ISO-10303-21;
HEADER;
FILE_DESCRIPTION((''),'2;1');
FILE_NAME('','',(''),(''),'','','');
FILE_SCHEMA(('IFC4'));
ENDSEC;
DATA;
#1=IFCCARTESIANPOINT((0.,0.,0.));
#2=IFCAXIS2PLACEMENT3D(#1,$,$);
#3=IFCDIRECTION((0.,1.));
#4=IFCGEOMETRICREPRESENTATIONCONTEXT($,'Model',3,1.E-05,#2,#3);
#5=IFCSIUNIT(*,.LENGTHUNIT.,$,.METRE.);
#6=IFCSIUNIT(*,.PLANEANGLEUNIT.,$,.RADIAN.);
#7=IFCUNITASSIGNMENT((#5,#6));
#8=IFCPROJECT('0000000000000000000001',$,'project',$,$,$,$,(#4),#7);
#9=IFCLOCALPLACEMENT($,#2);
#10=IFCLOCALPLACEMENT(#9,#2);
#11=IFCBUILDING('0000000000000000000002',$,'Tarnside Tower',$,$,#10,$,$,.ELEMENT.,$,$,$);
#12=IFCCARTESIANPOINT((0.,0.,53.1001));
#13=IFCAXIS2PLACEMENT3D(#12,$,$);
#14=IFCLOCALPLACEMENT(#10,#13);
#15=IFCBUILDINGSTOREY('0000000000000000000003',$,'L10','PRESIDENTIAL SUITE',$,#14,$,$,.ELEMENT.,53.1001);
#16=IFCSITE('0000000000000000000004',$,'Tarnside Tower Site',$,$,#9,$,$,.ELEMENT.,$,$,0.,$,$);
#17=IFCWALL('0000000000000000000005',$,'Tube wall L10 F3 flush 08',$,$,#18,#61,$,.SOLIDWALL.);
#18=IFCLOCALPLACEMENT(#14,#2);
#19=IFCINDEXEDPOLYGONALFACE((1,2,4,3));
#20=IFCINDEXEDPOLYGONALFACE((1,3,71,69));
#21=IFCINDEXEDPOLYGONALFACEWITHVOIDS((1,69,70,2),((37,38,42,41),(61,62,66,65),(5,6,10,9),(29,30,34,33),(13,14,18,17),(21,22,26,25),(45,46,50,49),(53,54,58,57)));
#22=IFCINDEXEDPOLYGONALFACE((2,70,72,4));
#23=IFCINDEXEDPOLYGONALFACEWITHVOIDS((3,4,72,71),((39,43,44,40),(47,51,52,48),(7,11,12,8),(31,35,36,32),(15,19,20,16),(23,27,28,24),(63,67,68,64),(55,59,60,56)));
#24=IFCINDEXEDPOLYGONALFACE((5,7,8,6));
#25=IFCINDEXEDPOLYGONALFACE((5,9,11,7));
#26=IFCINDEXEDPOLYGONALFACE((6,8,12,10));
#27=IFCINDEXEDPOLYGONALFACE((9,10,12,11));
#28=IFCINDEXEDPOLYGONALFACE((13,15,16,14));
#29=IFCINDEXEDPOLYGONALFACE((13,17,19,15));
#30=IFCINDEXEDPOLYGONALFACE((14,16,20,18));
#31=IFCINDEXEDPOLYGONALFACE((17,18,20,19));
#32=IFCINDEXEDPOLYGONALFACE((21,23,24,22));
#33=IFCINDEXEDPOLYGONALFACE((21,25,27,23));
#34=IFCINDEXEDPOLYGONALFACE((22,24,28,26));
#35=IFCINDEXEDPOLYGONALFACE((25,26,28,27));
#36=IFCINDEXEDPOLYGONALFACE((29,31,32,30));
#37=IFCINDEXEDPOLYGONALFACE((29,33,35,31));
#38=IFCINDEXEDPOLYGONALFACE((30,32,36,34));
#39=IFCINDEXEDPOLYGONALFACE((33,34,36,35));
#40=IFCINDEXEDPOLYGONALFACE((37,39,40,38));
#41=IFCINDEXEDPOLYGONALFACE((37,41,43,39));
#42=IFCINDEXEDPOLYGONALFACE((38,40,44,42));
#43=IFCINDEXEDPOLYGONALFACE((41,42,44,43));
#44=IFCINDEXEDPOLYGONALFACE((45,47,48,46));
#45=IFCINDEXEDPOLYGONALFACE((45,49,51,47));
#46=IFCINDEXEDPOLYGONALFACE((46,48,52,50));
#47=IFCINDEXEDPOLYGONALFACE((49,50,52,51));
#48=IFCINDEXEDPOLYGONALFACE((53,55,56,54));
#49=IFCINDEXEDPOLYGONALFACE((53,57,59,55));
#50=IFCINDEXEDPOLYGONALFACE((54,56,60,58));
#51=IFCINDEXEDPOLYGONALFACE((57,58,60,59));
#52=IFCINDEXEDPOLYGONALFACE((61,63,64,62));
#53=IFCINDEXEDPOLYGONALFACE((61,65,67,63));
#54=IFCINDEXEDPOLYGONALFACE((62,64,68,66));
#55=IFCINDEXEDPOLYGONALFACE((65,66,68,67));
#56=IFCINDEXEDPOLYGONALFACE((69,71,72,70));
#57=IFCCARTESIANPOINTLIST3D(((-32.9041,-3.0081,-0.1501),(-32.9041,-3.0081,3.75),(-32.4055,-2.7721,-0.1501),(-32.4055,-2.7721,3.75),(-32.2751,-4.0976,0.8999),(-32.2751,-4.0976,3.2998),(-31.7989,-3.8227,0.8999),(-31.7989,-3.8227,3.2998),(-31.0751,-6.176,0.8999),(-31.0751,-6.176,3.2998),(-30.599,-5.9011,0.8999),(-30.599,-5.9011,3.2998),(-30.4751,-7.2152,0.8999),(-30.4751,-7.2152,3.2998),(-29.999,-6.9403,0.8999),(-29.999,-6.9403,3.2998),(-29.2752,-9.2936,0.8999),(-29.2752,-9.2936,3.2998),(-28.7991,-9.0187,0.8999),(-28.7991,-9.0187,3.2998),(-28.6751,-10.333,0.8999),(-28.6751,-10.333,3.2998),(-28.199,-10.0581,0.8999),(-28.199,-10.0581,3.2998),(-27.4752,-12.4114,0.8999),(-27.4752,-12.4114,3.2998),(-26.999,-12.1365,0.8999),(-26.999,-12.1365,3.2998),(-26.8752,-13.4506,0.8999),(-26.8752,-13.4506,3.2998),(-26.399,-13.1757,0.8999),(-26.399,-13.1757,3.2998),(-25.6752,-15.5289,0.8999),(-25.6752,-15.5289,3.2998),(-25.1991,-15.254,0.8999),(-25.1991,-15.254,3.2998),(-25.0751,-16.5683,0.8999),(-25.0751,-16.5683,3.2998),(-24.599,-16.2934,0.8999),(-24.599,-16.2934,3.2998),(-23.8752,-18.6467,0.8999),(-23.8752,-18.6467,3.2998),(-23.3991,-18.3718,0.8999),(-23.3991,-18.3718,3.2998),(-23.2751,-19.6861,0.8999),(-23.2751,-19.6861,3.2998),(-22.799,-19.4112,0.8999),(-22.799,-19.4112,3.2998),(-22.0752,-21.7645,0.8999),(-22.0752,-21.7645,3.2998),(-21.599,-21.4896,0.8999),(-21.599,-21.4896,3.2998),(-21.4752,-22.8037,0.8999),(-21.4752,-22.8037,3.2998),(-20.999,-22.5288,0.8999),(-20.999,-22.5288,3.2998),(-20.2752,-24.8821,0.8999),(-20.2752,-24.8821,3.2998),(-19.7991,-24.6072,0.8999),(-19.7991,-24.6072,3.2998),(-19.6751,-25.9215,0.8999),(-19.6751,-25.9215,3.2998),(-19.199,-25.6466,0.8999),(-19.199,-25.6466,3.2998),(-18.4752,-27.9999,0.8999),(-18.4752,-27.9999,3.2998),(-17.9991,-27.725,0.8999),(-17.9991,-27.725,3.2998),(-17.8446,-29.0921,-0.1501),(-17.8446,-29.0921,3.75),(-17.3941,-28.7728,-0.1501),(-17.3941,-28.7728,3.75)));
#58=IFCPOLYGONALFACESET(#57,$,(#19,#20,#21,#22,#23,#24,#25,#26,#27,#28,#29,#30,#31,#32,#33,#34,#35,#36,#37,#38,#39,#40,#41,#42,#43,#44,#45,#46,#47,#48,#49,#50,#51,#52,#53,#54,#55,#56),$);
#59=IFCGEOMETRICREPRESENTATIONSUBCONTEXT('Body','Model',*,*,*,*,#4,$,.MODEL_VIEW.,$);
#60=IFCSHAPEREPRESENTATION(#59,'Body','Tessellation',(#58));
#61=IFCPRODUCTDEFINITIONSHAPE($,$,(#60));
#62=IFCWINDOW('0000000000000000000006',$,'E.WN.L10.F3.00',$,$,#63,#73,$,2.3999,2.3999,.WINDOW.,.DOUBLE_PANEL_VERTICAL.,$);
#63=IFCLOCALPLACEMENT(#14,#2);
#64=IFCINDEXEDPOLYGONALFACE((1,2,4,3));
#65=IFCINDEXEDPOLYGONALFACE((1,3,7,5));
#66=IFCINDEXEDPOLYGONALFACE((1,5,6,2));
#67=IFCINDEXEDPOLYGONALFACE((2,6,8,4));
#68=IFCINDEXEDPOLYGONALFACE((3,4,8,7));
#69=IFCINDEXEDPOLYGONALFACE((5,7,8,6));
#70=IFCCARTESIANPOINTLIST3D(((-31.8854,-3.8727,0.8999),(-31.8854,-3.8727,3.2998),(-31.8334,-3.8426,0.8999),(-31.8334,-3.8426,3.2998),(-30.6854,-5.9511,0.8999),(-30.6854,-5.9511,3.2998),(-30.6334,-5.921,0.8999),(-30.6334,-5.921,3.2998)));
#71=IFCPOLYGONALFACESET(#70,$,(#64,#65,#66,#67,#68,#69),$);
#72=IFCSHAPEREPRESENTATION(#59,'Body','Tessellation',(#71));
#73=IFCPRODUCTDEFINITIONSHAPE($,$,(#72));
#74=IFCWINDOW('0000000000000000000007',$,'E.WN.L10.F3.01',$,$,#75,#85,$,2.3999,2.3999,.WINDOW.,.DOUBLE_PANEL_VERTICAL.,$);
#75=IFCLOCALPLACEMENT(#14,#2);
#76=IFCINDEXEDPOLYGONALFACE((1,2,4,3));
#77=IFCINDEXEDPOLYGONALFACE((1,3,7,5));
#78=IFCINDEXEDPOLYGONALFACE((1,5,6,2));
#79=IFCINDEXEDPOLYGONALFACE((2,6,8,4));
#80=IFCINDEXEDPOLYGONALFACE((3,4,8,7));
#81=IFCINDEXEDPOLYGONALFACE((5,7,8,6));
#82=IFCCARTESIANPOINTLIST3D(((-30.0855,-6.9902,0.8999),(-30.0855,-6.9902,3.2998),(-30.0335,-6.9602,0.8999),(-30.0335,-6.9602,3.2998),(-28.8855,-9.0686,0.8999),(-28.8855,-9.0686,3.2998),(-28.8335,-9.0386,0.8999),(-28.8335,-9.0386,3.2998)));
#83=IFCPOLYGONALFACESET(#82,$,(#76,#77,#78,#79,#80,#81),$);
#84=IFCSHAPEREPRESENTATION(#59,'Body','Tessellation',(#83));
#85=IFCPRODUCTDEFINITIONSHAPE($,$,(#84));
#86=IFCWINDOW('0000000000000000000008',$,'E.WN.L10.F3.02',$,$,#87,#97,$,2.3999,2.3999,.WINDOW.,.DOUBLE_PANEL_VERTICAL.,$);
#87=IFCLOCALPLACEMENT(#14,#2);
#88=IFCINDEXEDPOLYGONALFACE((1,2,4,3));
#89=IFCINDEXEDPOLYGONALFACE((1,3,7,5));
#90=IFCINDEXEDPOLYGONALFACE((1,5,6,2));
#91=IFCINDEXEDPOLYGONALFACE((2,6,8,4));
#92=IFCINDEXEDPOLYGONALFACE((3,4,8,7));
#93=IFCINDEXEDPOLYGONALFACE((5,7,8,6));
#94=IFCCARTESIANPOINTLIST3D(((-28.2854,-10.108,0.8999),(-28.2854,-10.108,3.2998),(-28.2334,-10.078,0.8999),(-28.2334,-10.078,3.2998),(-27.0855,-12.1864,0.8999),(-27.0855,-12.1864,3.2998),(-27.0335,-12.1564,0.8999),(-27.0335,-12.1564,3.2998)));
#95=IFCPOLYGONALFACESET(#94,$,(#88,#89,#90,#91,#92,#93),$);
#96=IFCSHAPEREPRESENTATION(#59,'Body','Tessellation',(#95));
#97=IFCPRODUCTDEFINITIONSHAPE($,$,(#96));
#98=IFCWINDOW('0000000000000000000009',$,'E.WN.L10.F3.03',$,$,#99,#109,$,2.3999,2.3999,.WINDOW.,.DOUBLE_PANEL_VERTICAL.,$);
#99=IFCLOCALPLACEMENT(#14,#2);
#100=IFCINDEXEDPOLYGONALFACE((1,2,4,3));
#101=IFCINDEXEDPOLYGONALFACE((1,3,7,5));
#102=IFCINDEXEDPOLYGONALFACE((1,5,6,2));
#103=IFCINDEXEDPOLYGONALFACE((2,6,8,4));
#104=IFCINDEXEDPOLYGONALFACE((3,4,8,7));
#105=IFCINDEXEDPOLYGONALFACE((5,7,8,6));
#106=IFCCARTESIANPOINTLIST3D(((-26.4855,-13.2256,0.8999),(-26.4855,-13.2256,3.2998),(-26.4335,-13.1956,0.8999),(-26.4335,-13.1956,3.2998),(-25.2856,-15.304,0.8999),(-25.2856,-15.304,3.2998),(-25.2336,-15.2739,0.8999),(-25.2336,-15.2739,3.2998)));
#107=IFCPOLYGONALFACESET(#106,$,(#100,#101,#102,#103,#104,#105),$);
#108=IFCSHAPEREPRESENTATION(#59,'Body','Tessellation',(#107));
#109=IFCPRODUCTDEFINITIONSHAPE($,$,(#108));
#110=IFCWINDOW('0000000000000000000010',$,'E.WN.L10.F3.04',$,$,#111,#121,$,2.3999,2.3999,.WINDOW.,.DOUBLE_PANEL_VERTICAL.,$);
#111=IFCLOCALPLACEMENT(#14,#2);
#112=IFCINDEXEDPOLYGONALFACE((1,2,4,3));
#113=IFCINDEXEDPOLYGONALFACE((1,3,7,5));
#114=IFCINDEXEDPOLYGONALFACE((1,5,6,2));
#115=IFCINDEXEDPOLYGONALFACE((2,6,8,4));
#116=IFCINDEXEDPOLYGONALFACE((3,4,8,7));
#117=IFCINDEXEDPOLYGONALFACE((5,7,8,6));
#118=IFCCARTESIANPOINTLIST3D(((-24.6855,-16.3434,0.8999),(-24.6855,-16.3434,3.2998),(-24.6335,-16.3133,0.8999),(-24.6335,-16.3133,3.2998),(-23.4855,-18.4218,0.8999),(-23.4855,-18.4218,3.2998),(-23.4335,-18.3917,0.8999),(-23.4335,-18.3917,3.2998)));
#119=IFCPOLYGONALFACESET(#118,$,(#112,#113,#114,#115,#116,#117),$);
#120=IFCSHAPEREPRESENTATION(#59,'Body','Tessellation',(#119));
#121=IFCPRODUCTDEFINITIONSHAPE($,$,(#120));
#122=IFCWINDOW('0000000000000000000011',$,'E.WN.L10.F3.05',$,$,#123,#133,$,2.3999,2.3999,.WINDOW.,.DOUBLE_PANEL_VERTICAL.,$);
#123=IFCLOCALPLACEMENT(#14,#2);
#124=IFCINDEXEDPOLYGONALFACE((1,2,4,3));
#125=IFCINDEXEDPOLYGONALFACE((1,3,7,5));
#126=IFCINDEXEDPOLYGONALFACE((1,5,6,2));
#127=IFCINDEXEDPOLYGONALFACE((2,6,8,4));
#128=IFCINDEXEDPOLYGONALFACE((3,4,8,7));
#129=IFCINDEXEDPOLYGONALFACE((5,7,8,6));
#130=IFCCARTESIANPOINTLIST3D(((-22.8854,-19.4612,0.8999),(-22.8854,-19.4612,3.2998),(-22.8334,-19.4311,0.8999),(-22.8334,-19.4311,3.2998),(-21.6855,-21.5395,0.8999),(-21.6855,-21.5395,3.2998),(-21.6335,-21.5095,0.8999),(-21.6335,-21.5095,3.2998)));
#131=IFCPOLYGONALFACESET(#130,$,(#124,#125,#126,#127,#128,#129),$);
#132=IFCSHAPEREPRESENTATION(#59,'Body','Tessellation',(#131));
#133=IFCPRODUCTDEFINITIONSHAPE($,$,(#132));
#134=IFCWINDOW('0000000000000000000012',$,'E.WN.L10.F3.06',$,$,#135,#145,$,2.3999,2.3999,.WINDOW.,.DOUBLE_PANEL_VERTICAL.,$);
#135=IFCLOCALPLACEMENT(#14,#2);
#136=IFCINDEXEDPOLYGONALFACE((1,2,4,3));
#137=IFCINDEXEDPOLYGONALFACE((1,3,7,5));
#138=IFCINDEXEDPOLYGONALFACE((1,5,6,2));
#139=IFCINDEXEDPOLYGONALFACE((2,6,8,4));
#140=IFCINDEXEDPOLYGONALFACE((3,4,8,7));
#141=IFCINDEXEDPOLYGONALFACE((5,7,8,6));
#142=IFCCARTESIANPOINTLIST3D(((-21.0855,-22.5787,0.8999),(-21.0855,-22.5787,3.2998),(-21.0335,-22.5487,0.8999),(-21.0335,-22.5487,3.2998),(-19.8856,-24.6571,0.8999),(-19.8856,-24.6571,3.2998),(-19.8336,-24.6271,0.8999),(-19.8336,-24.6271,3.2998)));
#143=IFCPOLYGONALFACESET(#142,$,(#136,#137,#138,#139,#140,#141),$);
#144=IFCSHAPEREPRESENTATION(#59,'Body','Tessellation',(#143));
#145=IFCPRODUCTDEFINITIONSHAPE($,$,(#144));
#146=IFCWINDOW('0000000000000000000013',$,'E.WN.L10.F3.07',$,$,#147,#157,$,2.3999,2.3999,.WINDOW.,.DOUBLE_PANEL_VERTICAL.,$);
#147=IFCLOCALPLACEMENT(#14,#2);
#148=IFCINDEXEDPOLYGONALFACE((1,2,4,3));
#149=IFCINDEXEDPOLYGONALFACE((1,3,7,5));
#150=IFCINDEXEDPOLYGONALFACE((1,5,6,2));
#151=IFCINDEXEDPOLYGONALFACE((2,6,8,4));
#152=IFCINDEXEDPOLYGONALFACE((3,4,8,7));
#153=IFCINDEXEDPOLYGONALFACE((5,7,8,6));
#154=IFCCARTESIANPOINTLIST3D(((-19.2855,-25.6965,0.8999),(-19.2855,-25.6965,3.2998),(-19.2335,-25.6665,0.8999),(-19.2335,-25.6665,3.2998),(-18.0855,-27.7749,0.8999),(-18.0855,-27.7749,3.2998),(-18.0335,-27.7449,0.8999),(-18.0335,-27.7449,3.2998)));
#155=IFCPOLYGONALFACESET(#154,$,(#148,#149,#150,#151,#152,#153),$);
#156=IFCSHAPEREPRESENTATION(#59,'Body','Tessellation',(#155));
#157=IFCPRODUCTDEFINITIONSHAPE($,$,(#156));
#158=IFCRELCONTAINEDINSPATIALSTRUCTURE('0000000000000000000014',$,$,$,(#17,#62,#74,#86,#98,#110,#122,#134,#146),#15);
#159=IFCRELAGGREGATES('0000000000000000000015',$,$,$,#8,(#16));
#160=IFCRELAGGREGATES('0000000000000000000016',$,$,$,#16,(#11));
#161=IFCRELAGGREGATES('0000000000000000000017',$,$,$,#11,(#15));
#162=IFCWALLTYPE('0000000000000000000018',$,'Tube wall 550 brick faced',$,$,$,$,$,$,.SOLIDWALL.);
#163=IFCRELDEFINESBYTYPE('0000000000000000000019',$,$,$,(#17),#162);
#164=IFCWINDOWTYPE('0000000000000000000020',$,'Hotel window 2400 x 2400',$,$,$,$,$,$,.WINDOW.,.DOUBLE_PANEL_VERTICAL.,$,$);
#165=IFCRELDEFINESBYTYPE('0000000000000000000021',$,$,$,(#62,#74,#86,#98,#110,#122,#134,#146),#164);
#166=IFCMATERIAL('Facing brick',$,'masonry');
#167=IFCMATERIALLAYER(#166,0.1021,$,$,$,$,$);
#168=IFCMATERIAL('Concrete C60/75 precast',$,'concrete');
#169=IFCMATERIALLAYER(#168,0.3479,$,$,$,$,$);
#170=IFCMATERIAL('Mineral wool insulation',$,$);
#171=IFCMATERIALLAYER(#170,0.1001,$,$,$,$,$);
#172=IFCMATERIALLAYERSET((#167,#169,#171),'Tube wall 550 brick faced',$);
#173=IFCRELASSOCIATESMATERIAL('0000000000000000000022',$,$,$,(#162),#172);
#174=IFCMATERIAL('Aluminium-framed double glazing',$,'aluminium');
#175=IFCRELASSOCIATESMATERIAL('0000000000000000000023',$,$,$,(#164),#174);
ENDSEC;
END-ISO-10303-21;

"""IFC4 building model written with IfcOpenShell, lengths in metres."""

from ifc_helpers import new_model, si_unit, direction, frame, frame_2d, origin, place, context, subcontext, project, spatial, polyline, rectangle, outline, extrude, material, layer, layer_set, type_object, element, fill, save


model = new_model("IFC4")

# Units and contexts
model_context = context("Model", 3, precision=1e-05, world=origin(), true_north=direction((0.0, 1.0)))
body_context = subcontext(model_context, "Body", "Model", "MODEL_VIEW")
ifc_project = project(units=[si_unit("LENGTHUNIT", "METRE"), si_unit("PLANEANGLEUNIT", "RADIAN")], contexts=[model_context])

# Site, building, storey
site_placement = place(None, origin())
site = spatial("IfcSite", under=ifc_project, at=site_placement, Name="Tarnside Tower Site", CompositionType="ELEMENT", RefElevation=0.0)
building_placement = place(site_placement, origin())
building = spatial("IfcBuilding", under=site, at=building_placement, Name="Tarnside Tower", CompositionType="ELEMENT")
storey_placement = place(building_placement, frame((0.0, 0.0, 53.1001)))
storey = spatial("IfcBuildingStorey", under=building, at=storey_placement, Name="L10", Description="PRESIDENTIAL SUITE", CompositionType="ELEMENT", Elevation=53.1001)

# Shared definitions
ifc_material_1 = material(Name="Facing brick", Category="masonry")
ifc_layer_1 = layer(ifc_material_1, 0.1021)
ifc_material_2 = material(Name="Concrete C60/75 precast", Category="concrete")
ifc_layer_2 = layer(ifc_material_2, 0.3479)
ifc_material_3 = material(Name="Mineral wool insulation")
ifc_layer_3 = layer(ifc_material_3, 0.1001)
ifc_layer_set_1 = layer_set([ifc_layer_1, ifc_layer_2, ifc_layer_3], Name="Tube wall 550 brick faced")
wall_type_1 = type_object("IfcWallType", Name="Tube wall 550 brick faced", PredefinedType="SOLIDWALL", material=ifc_layer_set_1)

# Wall, openings, windows
wall_1_placement = place(storey_placement, frame((-32.6548, -2.8901, -0.1501), z_axis=(0.0, 0.0, 1.0), x_axis=(0.499998, -0.866027, 0.0)))
wall_1 = element("IfcWall", 1, at=wall_1_placement, inside=storey, type_object=wall_type_1, Name="Tube wall L10 F3 flush 08", PredefinedType="SOLIDWALL", context=body_context, shape_type="SweptSolid", body=[
    extrude(outline(polyline([(-0.0225, -0.2749), (30.0967, -0.2749), (30.0454, 0.2749), (0.0225, 0.2749), (-0.0225, -0.2749)])), origin(), (0.0, 0.0, 1.0), 3.9001),
])
opening_1_placement = place(wall_1_placement, frame((1.2356, 0.0, 1.05)))
opening_1 = element("IfcOpeningElement", 2, at=opening_1_placement, cuts=wall_1, PredefinedType="OPENING", context=body_context, shape_type="SweptSolid", body=[
    extrude(rectangle(XDim=2.3999, YDim=2.3999, at=frame_2d((1.2, 1.2))), frame((0.0, 0.2852, 0.0), z_axis=(0.0, -1.0, 0.0), x_axis=(1.0, 0.0, 0.0)), (0.0, 0.0, 1.0), 0.5701),
])
opening_2_placement = place(wall_1_placement, frame((4.8354, 0.0, 1.05)))
opening_2 = element("IfcOpeningElement", 3, at=opening_2_placement, cuts=wall_1, PredefinedType="OPENING", context=body_context, shape_type="SweptSolid", body=[
    extrude(rectangle(XDim=2.3999, YDim=2.3999, at=frame_2d((1.2, 1.2))), frame((0.0, 0.2852, 0.0), z_axis=(0.0, -1.0, 0.0), x_axis=(1.0, 0.0, 0.0)), (0.0, 0.0, 1.0), 0.5701),
])
opening_3_placement = place(wall_1_placement, frame((8.4355, 0.0, 1.05)))
opening_3 = element("IfcOpeningElement", 4, at=opening_3_placement, cuts=wall_1, PredefinedType="OPENING", context=body_context, shape_type="SweptSolid", body=[
    extrude(rectangle(XDim=2.3999, YDim=2.3999, at=frame_2d((1.2, 1.2))), frame((0.0, 0.2852, 0.0), z_axis=(0.0, -1.0, 0.0), x_axis=(1.0, 0.0, 0.0)), (0.0, 0.0, 1.0), 0.5701),
])
opening_4_placement = place(wall_1_placement, frame((12.0354, 0.0, 1.05)))
opening_4 = element("IfcOpeningElement", 5, at=opening_4_placement, cuts=wall_1, PredefinedType="OPENING", context=body_context, shape_type="SweptSolid", body=[
    extrude(rectangle(XDim=2.3999, YDim=2.3999, at=frame_2d((1.2, 1.2))), frame((0.0, 0.2852, 0.0), z_axis=(0.0, -1.0, 0.0), x_axis=(1.0, 0.0, 0.0)), (0.0, 0.0, 1.0), 0.5701),
])
opening_5_placement = place(wall_1_placement, frame((15.6355, 0.0, 1.05)))
opening_5 = element("IfcOpeningElement", 6, at=opening_5_placement, cuts=wall_1, PredefinedType="OPENING", context=body_context, shape_type="SweptSolid", body=[
    extrude(rectangle(XDim=2.3999, YDim=2.3999, at=frame_2d((1.2, 1.2))), frame((0.0, 0.2852, 0.0), z_axis=(0.0, -1.0, 0.0), x_axis=(1.0, 0.0, 0.0)), (0.0, 0.0, 1.0), 0.5701),
])
opening_6_placement = place(wall_1_placement, frame((19.2356, 0.0, 1.05)))
opening_6 = element("IfcOpeningElement", 7, at=opening_6_placement, cuts=wall_1, PredefinedType="OPENING", context=body_context, shape_type="SweptSolid", body=[
    extrude(rectangle(XDim=2.3999, YDim=2.3999, at=frame_2d((1.2, 1.2))), frame((0.0, 0.2852, 0.0), z_axis=(0.0, -1.0, 0.0), x_axis=(1.0, 0.0, 0.0)), (0.0, 0.0, 1.0), 0.5701),
])
opening_7_placement = place(wall_1_placement, frame((22.8354, 0.0, 1.05)))
opening_7 = element("IfcOpeningElement", 8, at=opening_7_placement, cuts=wall_1, PredefinedType="OPENING", context=body_context, shape_type="SweptSolid", body=[
    extrude(rectangle(XDim=2.3999, YDim=2.3999, at=frame_2d((1.2, 1.2))), frame((0.0, 0.2852, 0.0), z_axis=(0.0, -1.0, 0.0), x_axis=(1.0, 0.0, 0.0)), (0.0, 0.0, 1.0), 0.5701),
])
opening_8_placement = place(wall_1_placement, frame((26.4355, 0.0, 1.05)))
opening_8 = element("IfcOpeningElement", 9, at=opening_8_placement, cuts=wall_1, PredefinedType="OPENING", context=body_context, shape_type="SweptSolid", body=[
    extrude(rectangle(XDim=2.3999, YDim=2.3999, at=frame_2d((1.2, 1.2))), frame((0.0, 0.2852, 0.0), z_axis=(0.0, -1.0, 0.0), x_axis=(1.0, 0.0, 0.0)), (0.0, 0.0, 1.0), 0.5701),
])
ifc_material_4 = material(Name="Aluminium-framed double glazing", Category="aluminium")
window_type = type_object("IfcWindowType", Name="Hotel window 2400 x 2400", PartitioningType="DOUBLE_PANEL_VERTICAL", PredefinedType="WINDOW", material=ifc_material_4)
window_1_placement = place(opening_1_placement, frame((0.0, 0.2051, 0.0)))
window_1 = element("IfcWindow", 10, at=window_1_placement, inside=storey, type_object=window_type, Name="E.WN.L10.F3.00", OverallHeight=2.3999, OverallWidth=2.3999, PartitioningType="DOUBLE_PANEL_VERTICAL", PredefinedType="WINDOW", context=body_context, shape_type="SweptSolid", body=[
    extrude(rectangle(XDim=2.3999, YDim=2.3999, at=frame_2d((1.2, 1.2))), frame((0.0, 0.03, 0.0), z_axis=(0.0, -1.0, 0.0), x_axis=(1.0, 0.0, 0.0)), (0.0, 0.0, 1.0), 0.0601),
])
fill(opening_1, window_1)
window_2_placement = place(opening_2_placement, frame((0.0, 0.2051, 0.0)))
window_2 = element("IfcWindow", 11, at=window_2_placement, inside=storey, type_object=window_type, Name="E.WN.L10.F3.01", OverallHeight=2.3999, OverallWidth=2.3999, PartitioningType="DOUBLE_PANEL_VERTICAL", PredefinedType="WINDOW", context=body_context, shape_type="SweptSolid", body=[
    extrude(rectangle(XDim=2.3999, YDim=2.3999, at=frame_2d((1.2, 1.2))), frame((0.0, 0.03, 0.0), z_axis=(0.0, -1.0, 0.0), x_axis=(1.0, 0.0, 0.0)), (0.0, 0.0, 1.0), 0.0601),
])
fill(opening_2, window_2)
window_3_placement = place(opening_3_placement, frame((0.0, 0.2051, 0.0)))
window_3 = element("IfcWindow", 12, at=window_3_placement, inside=storey, type_object=window_type, Name="E.WN.L10.F3.02", OverallHeight=2.3999, OverallWidth=2.3999, PartitioningType="DOUBLE_PANEL_VERTICAL", PredefinedType="WINDOW", context=body_context, shape_type="SweptSolid", body=[
    extrude(rectangle(XDim=2.3999, YDim=2.3999, at=frame_2d((1.2, 1.2))), frame((0.0, 0.03, 0.0), z_axis=(0.0, -1.0, 0.0), x_axis=(1.0, 0.0, 0.0)), (0.0, 0.0, 1.0), 0.0601),
])
fill(opening_3, window_3)
window_4_placement = place(opening_4_placement, frame((0.0, 0.2051, 0.0)))
window_4 = element("IfcWindow", 13, at=window_4_placement, inside=storey, type_object=window_type, Name="E.WN.L10.F3.03", OverallHeight=2.3999, OverallWidth=2.3999, PartitioningType="DOUBLE_PANEL_VERTICAL", PredefinedType="WINDOW", context=body_context, shape_type="SweptSolid", body=[
    extrude(rectangle(XDim=2.3999, YDim=2.3999, at=frame_2d((1.2, 1.2))), frame((0.0, 0.03, 0.0), z_axis=(0.0, -1.0, 0.0), x_axis=(1.0, 0.0, 0.0)), (0.0, 0.0, 1.0), 0.0601),
])
fill(opening_4, window_4)
window_5_placement = place(opening_5_placement, frame((0.0, 0.2051, 0.0)))
window_5 = element("IfcWindow", 14, at=window_5_placement, inside=storey, type_object=window_type, Name="E.WN.L10.F3.04", OverallHeight=2.3999, OverallWidth=2.3999, PartitioningType="DOUBLE_PANEL_VERTICAL", PredefinedType="WINDOW", context=body_context, shape_type="SweptSolid", body=[
    extrude(rectangle(XDim=2.3999, YDim=2.3999, at=frame_2d((1.2, 1.2))), frame((0.0, 0.03, 0.0), z_axis=(0.0, -1.0, 0.0), x_axis=(1.0, 0.0, 0.0)), (0.0, 0.0, 1.0), 0.0601),
])
fill(opening_5, window_5)
window_6_placement = place(opening_6_placement, frame((0.0, 0.2051, 0.0)))
window_6 = element("IfcWindow", 15, at=window_6_placement, inside=storey, type_object=window_type, Name="E.WN.L10.F3.05", OverallHeight=2.3999, OverallWidth=2.3999, PartitioningType="DOUBLE_PANEL_VERTICAL", PredefinedType="WINDOW", context=body_context, shape_type="SweptSolid", body=[
    extrude(rectangle(XDim=2.3999, YDim=2.3999, at=frame_2d((1.2, 1.2))), frame((0.0, 0.03, 0.0), z_axis=(0.0, -1.0, 0.0), x_axis=(1.0, 0.0, 0.0)), (0.0, 0.0, 1.0), 0.0601),
])
fill(opening_6, window_6)
window_7_placement = place(opening_7_placement, frame((0.0, 0.2051, 0.0)))
window_7 = element("IfcWindow", 16, at=window_7_placement, inside=storey, type_object=window_type, Name="E.WN.L10.F3.06", OverallHeight=2.3999, OverallWidth=2.3999, PartitioningType="DOUBLE_PANEL_VERTICAL", PredefinedType="WINDOW", context=body_context, shape_type="SweptSolid", body=[
    extrude(rectangle(XDim=2.3999, YDim=2.3999, at=frame_2d((1.2, 1.2))), frame((0.0, 0.03, 0.0), z_axis=(0.0, -1.0, 0.0), x_axis=(1.0, 0.0, 0.0)), (0.0, 0.0, 1.0), 0.0601),
])
fill(opening_7, window_7)
window_8_placement = place(opening_8_placement, frame((0.0, 0.2051, 0.0)))
window_8 = element("IfcWindow", 17, at=window_8_placement, inside=storey, type_object=window_type, Name="E.WN.L10.F3.07", OverallHeight=2.3999, OverallWidth=2.3999, PartitioningType="DOUBLE_PANEL_VERTICAL", PredefinedType="WINDOW", context=body_context, shape_type="SweptSolid", body=[
    extrude(rectangle(XDim=2.3999, YDim=2.3999, at=frame_2d((1.2, 1.2))), frame((0.0, 0.03, 0.0), z_axis=(0.0, -1.0, 0.0), x_axis=(1.0, 0.0, 0.0)), (0.0, 0.0, 1.0), 0.0601),
])
fill(opening_8, window_8)

save(model, "model.ifc")
